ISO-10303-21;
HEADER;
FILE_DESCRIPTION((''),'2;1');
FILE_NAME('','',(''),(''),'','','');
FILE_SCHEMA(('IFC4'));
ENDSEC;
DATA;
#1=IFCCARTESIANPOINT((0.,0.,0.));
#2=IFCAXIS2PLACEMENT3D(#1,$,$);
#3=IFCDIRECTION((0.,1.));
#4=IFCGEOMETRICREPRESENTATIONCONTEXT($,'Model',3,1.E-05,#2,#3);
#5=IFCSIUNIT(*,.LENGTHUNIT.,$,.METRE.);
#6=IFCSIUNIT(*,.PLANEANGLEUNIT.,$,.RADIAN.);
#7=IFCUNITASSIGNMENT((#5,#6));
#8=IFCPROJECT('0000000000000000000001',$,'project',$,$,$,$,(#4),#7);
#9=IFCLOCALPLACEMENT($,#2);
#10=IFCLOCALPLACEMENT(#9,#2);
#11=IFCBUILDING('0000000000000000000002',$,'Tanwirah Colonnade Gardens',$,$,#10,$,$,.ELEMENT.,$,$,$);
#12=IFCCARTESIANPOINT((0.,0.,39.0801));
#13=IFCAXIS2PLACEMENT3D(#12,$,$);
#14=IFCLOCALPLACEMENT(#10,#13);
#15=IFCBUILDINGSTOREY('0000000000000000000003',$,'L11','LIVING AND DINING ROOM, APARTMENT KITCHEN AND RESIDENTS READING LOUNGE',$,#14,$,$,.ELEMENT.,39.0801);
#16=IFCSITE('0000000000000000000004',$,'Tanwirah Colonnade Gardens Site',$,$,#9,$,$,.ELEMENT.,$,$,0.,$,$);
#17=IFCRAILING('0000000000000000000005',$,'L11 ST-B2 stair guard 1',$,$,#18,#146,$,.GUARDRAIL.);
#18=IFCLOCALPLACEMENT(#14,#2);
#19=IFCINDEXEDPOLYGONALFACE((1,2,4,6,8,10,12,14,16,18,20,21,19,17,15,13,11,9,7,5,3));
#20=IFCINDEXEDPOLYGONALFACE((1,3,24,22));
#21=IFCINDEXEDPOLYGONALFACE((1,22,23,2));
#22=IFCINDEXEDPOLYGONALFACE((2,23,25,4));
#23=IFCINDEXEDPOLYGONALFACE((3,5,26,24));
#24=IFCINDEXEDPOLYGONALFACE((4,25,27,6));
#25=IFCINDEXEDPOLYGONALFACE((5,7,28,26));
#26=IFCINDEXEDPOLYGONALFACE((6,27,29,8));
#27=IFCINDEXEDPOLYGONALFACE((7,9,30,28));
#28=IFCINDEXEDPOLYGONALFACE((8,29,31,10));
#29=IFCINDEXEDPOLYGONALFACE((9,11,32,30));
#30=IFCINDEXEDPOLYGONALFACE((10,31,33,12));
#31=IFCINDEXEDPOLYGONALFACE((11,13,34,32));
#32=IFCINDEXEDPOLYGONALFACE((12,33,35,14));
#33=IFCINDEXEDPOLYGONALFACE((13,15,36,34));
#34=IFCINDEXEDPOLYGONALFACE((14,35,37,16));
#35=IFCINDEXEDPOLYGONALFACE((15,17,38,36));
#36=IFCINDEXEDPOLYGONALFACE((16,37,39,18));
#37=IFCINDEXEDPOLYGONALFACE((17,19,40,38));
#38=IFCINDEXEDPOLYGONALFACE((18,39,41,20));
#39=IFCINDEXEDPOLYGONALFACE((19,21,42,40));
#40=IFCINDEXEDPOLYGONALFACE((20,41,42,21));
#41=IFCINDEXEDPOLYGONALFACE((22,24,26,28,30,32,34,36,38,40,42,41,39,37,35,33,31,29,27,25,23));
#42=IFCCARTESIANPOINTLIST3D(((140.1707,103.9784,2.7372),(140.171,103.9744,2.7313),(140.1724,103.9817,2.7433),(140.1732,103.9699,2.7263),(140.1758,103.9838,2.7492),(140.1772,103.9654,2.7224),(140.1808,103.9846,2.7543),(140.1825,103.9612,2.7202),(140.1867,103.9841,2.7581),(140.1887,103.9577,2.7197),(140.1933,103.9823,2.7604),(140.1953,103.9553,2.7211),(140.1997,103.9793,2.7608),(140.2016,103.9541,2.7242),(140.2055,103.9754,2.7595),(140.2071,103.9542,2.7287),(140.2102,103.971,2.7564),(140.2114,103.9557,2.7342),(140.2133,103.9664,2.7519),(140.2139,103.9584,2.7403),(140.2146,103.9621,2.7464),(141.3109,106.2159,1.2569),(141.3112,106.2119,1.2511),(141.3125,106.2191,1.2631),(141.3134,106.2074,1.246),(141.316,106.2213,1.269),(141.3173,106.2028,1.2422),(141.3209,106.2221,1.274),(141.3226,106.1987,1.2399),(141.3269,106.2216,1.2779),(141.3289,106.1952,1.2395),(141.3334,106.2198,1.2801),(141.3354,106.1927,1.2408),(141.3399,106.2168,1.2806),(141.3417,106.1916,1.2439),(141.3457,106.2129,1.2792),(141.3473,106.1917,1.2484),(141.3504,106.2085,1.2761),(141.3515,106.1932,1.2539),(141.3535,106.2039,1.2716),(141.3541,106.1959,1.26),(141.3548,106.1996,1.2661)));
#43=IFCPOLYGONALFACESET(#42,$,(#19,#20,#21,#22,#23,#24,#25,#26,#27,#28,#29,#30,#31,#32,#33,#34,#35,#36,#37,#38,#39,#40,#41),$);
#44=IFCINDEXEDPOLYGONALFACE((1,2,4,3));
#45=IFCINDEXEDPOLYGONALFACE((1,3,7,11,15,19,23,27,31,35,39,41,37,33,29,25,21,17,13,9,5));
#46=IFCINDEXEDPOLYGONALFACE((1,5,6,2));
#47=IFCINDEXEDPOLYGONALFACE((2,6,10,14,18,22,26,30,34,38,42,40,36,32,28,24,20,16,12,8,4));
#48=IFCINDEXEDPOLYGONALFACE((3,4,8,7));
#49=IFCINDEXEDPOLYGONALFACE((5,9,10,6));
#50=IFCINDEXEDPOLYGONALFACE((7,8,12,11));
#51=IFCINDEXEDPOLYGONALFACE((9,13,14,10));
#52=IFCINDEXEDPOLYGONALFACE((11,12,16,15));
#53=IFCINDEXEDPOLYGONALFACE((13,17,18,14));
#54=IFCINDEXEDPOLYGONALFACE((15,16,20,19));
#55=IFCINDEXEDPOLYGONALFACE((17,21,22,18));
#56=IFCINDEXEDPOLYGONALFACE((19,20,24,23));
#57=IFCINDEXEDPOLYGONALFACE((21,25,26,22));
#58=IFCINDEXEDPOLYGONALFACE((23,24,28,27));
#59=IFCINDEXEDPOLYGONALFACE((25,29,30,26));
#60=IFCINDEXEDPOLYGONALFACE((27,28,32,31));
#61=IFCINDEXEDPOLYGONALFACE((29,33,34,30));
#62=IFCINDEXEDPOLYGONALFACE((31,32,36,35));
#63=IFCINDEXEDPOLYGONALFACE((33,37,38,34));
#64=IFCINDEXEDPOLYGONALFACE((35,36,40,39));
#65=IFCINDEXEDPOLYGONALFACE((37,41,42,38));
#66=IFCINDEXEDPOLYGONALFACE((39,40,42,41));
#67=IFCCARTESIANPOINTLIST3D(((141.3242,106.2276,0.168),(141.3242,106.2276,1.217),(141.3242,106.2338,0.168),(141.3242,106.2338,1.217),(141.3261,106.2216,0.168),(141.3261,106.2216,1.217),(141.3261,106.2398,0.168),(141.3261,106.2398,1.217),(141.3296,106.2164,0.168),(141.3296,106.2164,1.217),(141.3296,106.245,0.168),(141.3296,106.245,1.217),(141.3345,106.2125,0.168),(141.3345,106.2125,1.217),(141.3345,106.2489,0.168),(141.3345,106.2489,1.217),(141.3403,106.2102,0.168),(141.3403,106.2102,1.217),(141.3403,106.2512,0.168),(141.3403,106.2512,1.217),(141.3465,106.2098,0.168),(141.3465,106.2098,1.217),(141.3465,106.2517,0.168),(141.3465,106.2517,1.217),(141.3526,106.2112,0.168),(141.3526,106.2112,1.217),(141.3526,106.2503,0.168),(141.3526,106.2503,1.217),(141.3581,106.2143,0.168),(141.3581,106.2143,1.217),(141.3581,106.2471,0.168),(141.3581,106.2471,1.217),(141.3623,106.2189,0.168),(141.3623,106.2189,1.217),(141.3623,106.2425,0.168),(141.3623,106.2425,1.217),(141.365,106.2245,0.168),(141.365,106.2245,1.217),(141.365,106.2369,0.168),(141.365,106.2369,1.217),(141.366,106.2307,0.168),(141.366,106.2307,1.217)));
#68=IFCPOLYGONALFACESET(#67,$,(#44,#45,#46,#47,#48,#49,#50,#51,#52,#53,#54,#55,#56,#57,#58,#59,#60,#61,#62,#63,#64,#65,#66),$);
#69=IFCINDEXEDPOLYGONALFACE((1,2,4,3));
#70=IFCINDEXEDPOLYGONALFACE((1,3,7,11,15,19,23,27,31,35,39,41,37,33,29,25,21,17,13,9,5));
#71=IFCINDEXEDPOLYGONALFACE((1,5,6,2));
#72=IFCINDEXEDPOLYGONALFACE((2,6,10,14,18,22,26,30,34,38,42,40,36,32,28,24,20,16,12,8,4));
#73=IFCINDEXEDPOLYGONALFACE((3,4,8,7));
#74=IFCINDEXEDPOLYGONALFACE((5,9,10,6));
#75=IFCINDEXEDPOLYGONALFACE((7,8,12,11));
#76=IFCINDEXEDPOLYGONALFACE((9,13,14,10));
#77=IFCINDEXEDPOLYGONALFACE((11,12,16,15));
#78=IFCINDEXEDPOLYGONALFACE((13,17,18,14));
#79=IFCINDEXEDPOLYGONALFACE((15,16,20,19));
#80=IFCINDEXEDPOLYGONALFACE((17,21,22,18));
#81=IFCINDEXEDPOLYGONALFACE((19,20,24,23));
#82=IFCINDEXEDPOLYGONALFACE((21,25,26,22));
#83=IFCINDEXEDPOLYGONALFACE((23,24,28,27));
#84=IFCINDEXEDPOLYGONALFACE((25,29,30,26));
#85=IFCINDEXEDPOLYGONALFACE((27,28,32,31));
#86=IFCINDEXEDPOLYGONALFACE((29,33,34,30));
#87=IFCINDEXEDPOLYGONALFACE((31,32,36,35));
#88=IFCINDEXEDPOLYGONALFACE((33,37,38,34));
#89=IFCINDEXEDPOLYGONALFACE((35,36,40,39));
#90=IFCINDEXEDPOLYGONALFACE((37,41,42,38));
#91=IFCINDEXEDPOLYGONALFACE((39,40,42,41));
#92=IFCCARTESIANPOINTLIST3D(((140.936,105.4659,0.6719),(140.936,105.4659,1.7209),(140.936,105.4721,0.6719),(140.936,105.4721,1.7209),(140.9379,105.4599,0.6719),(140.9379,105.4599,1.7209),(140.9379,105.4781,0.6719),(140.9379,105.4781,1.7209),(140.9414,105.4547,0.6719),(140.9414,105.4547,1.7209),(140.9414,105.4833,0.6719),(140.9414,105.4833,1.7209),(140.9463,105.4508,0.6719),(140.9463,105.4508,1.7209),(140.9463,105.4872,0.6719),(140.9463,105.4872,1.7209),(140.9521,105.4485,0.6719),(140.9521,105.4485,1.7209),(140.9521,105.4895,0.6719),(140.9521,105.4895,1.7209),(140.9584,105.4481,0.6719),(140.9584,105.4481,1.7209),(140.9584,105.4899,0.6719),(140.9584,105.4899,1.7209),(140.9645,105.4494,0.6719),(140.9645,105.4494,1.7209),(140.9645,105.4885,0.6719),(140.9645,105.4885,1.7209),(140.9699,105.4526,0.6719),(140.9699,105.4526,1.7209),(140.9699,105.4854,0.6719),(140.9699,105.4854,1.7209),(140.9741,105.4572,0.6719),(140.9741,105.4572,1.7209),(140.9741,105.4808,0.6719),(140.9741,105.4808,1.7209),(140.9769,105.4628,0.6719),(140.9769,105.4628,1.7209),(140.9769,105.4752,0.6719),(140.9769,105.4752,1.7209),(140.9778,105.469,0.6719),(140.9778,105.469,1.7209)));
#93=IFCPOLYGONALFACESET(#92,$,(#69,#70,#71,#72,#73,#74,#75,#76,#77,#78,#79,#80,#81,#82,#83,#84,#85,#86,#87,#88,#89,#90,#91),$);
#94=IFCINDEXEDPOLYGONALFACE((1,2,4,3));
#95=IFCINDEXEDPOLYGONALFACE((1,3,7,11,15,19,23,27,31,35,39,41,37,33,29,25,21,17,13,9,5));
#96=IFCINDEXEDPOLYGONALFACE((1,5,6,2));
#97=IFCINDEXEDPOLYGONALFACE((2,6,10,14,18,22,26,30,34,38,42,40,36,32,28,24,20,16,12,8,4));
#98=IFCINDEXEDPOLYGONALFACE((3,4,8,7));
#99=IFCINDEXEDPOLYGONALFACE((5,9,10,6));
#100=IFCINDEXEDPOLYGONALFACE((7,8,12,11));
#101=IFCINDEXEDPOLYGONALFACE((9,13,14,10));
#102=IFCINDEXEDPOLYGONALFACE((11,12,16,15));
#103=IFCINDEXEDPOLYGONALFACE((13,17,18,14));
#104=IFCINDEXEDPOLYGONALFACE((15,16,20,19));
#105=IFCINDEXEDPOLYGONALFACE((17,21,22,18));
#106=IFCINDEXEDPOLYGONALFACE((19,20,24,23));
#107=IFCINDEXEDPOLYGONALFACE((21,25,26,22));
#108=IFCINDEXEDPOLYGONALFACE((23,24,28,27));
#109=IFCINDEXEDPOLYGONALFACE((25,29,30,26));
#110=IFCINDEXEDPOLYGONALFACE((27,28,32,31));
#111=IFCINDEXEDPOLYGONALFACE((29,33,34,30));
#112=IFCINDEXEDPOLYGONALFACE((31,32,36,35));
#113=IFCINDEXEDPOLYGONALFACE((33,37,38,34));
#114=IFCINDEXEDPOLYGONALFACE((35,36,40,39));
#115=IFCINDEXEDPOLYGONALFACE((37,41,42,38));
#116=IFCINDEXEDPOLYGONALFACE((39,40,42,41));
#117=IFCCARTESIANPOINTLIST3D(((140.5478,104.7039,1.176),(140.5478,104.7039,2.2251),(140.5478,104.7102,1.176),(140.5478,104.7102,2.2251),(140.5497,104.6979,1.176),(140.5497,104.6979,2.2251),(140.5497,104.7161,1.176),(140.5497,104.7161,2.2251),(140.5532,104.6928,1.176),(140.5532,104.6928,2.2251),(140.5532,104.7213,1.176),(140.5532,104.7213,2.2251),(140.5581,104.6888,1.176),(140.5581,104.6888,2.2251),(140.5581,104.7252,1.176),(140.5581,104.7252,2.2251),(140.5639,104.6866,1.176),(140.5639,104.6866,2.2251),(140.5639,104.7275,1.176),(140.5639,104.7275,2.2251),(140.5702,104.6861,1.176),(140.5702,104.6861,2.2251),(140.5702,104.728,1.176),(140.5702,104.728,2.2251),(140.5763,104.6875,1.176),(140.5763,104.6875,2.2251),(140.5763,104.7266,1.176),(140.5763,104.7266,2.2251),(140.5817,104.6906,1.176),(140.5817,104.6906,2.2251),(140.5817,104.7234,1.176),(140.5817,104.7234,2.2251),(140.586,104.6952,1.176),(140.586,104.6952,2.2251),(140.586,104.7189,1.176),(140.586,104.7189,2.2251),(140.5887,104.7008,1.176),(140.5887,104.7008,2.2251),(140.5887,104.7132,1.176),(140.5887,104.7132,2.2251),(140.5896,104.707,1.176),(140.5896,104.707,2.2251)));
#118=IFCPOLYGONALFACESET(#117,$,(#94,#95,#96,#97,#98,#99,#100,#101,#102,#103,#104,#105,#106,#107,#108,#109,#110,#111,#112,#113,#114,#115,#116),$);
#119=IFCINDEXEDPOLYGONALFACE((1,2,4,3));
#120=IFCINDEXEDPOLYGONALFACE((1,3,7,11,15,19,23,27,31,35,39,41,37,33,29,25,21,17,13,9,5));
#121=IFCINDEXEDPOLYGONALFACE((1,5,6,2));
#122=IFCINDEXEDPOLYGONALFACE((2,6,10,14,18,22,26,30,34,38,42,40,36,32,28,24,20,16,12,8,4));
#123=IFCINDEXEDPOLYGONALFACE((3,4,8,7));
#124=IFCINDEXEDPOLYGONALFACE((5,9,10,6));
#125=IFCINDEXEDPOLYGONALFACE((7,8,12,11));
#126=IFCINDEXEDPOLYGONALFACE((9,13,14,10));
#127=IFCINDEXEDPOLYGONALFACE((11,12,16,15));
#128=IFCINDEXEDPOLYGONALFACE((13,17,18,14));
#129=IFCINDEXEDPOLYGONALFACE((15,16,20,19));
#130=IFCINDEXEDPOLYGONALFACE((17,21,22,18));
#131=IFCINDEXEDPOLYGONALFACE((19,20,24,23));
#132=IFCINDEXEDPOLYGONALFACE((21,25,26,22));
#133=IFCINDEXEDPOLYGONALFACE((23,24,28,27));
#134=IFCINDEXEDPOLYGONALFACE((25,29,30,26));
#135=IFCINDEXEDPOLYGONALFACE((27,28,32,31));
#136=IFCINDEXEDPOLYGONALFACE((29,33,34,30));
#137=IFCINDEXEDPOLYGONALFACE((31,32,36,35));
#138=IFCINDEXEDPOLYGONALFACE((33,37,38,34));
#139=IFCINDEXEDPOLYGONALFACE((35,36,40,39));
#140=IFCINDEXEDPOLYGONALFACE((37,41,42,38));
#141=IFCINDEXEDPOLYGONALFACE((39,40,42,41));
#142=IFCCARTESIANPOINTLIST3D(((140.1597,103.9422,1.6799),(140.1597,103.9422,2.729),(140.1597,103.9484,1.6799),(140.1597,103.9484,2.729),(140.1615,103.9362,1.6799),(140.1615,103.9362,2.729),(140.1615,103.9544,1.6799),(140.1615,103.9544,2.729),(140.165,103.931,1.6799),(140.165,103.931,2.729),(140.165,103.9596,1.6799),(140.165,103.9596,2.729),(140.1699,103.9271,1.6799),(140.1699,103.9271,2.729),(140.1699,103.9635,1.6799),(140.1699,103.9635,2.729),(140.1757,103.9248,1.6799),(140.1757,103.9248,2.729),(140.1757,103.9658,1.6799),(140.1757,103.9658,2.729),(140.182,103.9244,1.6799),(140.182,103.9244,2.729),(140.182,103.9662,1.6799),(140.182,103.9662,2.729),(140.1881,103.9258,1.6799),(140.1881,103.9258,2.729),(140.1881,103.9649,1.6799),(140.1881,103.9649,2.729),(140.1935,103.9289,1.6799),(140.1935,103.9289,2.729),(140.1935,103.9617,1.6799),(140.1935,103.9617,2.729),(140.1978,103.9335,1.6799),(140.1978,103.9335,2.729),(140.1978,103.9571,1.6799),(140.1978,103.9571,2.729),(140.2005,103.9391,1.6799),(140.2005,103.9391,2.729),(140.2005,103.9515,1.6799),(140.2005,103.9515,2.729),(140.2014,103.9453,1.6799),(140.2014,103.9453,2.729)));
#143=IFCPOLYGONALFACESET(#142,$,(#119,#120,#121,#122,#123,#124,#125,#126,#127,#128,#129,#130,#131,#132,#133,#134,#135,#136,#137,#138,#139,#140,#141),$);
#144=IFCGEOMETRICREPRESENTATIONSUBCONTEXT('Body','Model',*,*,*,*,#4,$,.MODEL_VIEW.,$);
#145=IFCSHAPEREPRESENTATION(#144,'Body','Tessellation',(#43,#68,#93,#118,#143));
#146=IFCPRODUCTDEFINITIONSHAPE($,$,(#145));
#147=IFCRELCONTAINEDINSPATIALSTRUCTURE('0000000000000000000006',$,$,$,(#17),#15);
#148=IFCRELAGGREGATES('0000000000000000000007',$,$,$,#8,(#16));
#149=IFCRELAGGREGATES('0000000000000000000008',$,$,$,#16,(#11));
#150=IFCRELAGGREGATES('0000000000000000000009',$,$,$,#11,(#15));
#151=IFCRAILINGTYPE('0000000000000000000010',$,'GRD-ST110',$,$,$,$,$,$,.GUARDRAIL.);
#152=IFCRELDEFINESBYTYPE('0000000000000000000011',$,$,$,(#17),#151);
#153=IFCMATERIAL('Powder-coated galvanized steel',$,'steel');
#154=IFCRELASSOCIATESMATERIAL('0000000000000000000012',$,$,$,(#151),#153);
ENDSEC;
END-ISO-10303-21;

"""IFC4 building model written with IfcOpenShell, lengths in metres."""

from ifc_helpers import new_model, si_unit, direction, frame, origin, origin_2d, place, context, subcontext, project, spatial, circle, extrude, material, type_object, element, save


model = new_model("IFC4")

# Units and contexts
model_context = context("Model", 3, precision=1e-05, world=origin(), true_north=direction((0.0, 1.0)))
body_context = subcontext(model_context, "Body", "Model", "MODEL_VIEW")
ifc_project = project(units=[si_unit("LENGTHUNIT", "METRE"), si_unit("PLANEANGLEUNIT", "RADIAN")], contexts=[model_context])

# Site, building, storey
site_placement = place(None, origin())
site = spatial("IfcSite", under=ifc_project, at=site_placement, Name="Tanwirah Colonnade Gardens Site", CompositionType="ELEMENT", RefElevation=0.0)
building_placement = place(site_placement, origin())
building = spatial("IfcBuilding", under=site, at=building_placement, Name="Tanwirah Colonnade Gardens", CompositionType="ELEMENT")
storey_placement = place(building_placement, frame((0.0, 0.0, 39.0801)))
storey = spatial("IfcBuildingStorey", under=building, at=storey_placement, Name="L11", Description="LIVING AND DINING ROOM, APARTMENT KITCHEN AND RESIDENTS READING LOUNGE", CompositionType="ELEMENT", Elevation=39.0801)

# Railing
ifc_material_1 = material(Name="Powder-coated galvanized steel", Category="steel")
railing_type_1 = type_object("IfcRailingType", Name="GRD-ST110", PredefinedType="GUARDRAIL", material=ifc_material_1)
railing_1_placement = place(storey_placement, frame((141.345, 106.2307, 0.168)))
element("IfcRailing", 1, at=railing_1_placement, inside=storey, type_object=railing_type_1, Name="L11 ST-B2 stair guard 1", PredefinedType="GUARDRAIL", context=body_context, shape_type="SweptSolid", body=[
    extrude(circle(Radius=0.0239, at=origin_2d()), frame((-0.0122, -0.0239, 1.092), z_axis=(-0.391122, -0.767567, 0.507803), x_axis=(0.890994, -0.454016, 0.0)), (0.0, 0.0, 1.0), 2.915),
    extrude(circle(Radius=0.021, at=origin_2d()), origin(), (0.0, 0.0, 1.0), 1.0491),
    extrude(circle(Radius=0.021, at=origin_2d()), frame((-0.3882, -0.7617, 0.5039)), (0.0, 0.0, 1.0), 1.0491),
    extrude(circle(Radius=0.021, at=origin_2d()), frame((-0.7764, -1.5237, 1.0081)), (0.0, 0.0, 1.0), 1.0491),
    extrude(circle(Radius=0.021, at=origin_2d()), frame((-1.1646, -2.2854, 1.512)), (0.0, 0.0, 1.0), 1.0491),
])

save(model, "model.ifc")
